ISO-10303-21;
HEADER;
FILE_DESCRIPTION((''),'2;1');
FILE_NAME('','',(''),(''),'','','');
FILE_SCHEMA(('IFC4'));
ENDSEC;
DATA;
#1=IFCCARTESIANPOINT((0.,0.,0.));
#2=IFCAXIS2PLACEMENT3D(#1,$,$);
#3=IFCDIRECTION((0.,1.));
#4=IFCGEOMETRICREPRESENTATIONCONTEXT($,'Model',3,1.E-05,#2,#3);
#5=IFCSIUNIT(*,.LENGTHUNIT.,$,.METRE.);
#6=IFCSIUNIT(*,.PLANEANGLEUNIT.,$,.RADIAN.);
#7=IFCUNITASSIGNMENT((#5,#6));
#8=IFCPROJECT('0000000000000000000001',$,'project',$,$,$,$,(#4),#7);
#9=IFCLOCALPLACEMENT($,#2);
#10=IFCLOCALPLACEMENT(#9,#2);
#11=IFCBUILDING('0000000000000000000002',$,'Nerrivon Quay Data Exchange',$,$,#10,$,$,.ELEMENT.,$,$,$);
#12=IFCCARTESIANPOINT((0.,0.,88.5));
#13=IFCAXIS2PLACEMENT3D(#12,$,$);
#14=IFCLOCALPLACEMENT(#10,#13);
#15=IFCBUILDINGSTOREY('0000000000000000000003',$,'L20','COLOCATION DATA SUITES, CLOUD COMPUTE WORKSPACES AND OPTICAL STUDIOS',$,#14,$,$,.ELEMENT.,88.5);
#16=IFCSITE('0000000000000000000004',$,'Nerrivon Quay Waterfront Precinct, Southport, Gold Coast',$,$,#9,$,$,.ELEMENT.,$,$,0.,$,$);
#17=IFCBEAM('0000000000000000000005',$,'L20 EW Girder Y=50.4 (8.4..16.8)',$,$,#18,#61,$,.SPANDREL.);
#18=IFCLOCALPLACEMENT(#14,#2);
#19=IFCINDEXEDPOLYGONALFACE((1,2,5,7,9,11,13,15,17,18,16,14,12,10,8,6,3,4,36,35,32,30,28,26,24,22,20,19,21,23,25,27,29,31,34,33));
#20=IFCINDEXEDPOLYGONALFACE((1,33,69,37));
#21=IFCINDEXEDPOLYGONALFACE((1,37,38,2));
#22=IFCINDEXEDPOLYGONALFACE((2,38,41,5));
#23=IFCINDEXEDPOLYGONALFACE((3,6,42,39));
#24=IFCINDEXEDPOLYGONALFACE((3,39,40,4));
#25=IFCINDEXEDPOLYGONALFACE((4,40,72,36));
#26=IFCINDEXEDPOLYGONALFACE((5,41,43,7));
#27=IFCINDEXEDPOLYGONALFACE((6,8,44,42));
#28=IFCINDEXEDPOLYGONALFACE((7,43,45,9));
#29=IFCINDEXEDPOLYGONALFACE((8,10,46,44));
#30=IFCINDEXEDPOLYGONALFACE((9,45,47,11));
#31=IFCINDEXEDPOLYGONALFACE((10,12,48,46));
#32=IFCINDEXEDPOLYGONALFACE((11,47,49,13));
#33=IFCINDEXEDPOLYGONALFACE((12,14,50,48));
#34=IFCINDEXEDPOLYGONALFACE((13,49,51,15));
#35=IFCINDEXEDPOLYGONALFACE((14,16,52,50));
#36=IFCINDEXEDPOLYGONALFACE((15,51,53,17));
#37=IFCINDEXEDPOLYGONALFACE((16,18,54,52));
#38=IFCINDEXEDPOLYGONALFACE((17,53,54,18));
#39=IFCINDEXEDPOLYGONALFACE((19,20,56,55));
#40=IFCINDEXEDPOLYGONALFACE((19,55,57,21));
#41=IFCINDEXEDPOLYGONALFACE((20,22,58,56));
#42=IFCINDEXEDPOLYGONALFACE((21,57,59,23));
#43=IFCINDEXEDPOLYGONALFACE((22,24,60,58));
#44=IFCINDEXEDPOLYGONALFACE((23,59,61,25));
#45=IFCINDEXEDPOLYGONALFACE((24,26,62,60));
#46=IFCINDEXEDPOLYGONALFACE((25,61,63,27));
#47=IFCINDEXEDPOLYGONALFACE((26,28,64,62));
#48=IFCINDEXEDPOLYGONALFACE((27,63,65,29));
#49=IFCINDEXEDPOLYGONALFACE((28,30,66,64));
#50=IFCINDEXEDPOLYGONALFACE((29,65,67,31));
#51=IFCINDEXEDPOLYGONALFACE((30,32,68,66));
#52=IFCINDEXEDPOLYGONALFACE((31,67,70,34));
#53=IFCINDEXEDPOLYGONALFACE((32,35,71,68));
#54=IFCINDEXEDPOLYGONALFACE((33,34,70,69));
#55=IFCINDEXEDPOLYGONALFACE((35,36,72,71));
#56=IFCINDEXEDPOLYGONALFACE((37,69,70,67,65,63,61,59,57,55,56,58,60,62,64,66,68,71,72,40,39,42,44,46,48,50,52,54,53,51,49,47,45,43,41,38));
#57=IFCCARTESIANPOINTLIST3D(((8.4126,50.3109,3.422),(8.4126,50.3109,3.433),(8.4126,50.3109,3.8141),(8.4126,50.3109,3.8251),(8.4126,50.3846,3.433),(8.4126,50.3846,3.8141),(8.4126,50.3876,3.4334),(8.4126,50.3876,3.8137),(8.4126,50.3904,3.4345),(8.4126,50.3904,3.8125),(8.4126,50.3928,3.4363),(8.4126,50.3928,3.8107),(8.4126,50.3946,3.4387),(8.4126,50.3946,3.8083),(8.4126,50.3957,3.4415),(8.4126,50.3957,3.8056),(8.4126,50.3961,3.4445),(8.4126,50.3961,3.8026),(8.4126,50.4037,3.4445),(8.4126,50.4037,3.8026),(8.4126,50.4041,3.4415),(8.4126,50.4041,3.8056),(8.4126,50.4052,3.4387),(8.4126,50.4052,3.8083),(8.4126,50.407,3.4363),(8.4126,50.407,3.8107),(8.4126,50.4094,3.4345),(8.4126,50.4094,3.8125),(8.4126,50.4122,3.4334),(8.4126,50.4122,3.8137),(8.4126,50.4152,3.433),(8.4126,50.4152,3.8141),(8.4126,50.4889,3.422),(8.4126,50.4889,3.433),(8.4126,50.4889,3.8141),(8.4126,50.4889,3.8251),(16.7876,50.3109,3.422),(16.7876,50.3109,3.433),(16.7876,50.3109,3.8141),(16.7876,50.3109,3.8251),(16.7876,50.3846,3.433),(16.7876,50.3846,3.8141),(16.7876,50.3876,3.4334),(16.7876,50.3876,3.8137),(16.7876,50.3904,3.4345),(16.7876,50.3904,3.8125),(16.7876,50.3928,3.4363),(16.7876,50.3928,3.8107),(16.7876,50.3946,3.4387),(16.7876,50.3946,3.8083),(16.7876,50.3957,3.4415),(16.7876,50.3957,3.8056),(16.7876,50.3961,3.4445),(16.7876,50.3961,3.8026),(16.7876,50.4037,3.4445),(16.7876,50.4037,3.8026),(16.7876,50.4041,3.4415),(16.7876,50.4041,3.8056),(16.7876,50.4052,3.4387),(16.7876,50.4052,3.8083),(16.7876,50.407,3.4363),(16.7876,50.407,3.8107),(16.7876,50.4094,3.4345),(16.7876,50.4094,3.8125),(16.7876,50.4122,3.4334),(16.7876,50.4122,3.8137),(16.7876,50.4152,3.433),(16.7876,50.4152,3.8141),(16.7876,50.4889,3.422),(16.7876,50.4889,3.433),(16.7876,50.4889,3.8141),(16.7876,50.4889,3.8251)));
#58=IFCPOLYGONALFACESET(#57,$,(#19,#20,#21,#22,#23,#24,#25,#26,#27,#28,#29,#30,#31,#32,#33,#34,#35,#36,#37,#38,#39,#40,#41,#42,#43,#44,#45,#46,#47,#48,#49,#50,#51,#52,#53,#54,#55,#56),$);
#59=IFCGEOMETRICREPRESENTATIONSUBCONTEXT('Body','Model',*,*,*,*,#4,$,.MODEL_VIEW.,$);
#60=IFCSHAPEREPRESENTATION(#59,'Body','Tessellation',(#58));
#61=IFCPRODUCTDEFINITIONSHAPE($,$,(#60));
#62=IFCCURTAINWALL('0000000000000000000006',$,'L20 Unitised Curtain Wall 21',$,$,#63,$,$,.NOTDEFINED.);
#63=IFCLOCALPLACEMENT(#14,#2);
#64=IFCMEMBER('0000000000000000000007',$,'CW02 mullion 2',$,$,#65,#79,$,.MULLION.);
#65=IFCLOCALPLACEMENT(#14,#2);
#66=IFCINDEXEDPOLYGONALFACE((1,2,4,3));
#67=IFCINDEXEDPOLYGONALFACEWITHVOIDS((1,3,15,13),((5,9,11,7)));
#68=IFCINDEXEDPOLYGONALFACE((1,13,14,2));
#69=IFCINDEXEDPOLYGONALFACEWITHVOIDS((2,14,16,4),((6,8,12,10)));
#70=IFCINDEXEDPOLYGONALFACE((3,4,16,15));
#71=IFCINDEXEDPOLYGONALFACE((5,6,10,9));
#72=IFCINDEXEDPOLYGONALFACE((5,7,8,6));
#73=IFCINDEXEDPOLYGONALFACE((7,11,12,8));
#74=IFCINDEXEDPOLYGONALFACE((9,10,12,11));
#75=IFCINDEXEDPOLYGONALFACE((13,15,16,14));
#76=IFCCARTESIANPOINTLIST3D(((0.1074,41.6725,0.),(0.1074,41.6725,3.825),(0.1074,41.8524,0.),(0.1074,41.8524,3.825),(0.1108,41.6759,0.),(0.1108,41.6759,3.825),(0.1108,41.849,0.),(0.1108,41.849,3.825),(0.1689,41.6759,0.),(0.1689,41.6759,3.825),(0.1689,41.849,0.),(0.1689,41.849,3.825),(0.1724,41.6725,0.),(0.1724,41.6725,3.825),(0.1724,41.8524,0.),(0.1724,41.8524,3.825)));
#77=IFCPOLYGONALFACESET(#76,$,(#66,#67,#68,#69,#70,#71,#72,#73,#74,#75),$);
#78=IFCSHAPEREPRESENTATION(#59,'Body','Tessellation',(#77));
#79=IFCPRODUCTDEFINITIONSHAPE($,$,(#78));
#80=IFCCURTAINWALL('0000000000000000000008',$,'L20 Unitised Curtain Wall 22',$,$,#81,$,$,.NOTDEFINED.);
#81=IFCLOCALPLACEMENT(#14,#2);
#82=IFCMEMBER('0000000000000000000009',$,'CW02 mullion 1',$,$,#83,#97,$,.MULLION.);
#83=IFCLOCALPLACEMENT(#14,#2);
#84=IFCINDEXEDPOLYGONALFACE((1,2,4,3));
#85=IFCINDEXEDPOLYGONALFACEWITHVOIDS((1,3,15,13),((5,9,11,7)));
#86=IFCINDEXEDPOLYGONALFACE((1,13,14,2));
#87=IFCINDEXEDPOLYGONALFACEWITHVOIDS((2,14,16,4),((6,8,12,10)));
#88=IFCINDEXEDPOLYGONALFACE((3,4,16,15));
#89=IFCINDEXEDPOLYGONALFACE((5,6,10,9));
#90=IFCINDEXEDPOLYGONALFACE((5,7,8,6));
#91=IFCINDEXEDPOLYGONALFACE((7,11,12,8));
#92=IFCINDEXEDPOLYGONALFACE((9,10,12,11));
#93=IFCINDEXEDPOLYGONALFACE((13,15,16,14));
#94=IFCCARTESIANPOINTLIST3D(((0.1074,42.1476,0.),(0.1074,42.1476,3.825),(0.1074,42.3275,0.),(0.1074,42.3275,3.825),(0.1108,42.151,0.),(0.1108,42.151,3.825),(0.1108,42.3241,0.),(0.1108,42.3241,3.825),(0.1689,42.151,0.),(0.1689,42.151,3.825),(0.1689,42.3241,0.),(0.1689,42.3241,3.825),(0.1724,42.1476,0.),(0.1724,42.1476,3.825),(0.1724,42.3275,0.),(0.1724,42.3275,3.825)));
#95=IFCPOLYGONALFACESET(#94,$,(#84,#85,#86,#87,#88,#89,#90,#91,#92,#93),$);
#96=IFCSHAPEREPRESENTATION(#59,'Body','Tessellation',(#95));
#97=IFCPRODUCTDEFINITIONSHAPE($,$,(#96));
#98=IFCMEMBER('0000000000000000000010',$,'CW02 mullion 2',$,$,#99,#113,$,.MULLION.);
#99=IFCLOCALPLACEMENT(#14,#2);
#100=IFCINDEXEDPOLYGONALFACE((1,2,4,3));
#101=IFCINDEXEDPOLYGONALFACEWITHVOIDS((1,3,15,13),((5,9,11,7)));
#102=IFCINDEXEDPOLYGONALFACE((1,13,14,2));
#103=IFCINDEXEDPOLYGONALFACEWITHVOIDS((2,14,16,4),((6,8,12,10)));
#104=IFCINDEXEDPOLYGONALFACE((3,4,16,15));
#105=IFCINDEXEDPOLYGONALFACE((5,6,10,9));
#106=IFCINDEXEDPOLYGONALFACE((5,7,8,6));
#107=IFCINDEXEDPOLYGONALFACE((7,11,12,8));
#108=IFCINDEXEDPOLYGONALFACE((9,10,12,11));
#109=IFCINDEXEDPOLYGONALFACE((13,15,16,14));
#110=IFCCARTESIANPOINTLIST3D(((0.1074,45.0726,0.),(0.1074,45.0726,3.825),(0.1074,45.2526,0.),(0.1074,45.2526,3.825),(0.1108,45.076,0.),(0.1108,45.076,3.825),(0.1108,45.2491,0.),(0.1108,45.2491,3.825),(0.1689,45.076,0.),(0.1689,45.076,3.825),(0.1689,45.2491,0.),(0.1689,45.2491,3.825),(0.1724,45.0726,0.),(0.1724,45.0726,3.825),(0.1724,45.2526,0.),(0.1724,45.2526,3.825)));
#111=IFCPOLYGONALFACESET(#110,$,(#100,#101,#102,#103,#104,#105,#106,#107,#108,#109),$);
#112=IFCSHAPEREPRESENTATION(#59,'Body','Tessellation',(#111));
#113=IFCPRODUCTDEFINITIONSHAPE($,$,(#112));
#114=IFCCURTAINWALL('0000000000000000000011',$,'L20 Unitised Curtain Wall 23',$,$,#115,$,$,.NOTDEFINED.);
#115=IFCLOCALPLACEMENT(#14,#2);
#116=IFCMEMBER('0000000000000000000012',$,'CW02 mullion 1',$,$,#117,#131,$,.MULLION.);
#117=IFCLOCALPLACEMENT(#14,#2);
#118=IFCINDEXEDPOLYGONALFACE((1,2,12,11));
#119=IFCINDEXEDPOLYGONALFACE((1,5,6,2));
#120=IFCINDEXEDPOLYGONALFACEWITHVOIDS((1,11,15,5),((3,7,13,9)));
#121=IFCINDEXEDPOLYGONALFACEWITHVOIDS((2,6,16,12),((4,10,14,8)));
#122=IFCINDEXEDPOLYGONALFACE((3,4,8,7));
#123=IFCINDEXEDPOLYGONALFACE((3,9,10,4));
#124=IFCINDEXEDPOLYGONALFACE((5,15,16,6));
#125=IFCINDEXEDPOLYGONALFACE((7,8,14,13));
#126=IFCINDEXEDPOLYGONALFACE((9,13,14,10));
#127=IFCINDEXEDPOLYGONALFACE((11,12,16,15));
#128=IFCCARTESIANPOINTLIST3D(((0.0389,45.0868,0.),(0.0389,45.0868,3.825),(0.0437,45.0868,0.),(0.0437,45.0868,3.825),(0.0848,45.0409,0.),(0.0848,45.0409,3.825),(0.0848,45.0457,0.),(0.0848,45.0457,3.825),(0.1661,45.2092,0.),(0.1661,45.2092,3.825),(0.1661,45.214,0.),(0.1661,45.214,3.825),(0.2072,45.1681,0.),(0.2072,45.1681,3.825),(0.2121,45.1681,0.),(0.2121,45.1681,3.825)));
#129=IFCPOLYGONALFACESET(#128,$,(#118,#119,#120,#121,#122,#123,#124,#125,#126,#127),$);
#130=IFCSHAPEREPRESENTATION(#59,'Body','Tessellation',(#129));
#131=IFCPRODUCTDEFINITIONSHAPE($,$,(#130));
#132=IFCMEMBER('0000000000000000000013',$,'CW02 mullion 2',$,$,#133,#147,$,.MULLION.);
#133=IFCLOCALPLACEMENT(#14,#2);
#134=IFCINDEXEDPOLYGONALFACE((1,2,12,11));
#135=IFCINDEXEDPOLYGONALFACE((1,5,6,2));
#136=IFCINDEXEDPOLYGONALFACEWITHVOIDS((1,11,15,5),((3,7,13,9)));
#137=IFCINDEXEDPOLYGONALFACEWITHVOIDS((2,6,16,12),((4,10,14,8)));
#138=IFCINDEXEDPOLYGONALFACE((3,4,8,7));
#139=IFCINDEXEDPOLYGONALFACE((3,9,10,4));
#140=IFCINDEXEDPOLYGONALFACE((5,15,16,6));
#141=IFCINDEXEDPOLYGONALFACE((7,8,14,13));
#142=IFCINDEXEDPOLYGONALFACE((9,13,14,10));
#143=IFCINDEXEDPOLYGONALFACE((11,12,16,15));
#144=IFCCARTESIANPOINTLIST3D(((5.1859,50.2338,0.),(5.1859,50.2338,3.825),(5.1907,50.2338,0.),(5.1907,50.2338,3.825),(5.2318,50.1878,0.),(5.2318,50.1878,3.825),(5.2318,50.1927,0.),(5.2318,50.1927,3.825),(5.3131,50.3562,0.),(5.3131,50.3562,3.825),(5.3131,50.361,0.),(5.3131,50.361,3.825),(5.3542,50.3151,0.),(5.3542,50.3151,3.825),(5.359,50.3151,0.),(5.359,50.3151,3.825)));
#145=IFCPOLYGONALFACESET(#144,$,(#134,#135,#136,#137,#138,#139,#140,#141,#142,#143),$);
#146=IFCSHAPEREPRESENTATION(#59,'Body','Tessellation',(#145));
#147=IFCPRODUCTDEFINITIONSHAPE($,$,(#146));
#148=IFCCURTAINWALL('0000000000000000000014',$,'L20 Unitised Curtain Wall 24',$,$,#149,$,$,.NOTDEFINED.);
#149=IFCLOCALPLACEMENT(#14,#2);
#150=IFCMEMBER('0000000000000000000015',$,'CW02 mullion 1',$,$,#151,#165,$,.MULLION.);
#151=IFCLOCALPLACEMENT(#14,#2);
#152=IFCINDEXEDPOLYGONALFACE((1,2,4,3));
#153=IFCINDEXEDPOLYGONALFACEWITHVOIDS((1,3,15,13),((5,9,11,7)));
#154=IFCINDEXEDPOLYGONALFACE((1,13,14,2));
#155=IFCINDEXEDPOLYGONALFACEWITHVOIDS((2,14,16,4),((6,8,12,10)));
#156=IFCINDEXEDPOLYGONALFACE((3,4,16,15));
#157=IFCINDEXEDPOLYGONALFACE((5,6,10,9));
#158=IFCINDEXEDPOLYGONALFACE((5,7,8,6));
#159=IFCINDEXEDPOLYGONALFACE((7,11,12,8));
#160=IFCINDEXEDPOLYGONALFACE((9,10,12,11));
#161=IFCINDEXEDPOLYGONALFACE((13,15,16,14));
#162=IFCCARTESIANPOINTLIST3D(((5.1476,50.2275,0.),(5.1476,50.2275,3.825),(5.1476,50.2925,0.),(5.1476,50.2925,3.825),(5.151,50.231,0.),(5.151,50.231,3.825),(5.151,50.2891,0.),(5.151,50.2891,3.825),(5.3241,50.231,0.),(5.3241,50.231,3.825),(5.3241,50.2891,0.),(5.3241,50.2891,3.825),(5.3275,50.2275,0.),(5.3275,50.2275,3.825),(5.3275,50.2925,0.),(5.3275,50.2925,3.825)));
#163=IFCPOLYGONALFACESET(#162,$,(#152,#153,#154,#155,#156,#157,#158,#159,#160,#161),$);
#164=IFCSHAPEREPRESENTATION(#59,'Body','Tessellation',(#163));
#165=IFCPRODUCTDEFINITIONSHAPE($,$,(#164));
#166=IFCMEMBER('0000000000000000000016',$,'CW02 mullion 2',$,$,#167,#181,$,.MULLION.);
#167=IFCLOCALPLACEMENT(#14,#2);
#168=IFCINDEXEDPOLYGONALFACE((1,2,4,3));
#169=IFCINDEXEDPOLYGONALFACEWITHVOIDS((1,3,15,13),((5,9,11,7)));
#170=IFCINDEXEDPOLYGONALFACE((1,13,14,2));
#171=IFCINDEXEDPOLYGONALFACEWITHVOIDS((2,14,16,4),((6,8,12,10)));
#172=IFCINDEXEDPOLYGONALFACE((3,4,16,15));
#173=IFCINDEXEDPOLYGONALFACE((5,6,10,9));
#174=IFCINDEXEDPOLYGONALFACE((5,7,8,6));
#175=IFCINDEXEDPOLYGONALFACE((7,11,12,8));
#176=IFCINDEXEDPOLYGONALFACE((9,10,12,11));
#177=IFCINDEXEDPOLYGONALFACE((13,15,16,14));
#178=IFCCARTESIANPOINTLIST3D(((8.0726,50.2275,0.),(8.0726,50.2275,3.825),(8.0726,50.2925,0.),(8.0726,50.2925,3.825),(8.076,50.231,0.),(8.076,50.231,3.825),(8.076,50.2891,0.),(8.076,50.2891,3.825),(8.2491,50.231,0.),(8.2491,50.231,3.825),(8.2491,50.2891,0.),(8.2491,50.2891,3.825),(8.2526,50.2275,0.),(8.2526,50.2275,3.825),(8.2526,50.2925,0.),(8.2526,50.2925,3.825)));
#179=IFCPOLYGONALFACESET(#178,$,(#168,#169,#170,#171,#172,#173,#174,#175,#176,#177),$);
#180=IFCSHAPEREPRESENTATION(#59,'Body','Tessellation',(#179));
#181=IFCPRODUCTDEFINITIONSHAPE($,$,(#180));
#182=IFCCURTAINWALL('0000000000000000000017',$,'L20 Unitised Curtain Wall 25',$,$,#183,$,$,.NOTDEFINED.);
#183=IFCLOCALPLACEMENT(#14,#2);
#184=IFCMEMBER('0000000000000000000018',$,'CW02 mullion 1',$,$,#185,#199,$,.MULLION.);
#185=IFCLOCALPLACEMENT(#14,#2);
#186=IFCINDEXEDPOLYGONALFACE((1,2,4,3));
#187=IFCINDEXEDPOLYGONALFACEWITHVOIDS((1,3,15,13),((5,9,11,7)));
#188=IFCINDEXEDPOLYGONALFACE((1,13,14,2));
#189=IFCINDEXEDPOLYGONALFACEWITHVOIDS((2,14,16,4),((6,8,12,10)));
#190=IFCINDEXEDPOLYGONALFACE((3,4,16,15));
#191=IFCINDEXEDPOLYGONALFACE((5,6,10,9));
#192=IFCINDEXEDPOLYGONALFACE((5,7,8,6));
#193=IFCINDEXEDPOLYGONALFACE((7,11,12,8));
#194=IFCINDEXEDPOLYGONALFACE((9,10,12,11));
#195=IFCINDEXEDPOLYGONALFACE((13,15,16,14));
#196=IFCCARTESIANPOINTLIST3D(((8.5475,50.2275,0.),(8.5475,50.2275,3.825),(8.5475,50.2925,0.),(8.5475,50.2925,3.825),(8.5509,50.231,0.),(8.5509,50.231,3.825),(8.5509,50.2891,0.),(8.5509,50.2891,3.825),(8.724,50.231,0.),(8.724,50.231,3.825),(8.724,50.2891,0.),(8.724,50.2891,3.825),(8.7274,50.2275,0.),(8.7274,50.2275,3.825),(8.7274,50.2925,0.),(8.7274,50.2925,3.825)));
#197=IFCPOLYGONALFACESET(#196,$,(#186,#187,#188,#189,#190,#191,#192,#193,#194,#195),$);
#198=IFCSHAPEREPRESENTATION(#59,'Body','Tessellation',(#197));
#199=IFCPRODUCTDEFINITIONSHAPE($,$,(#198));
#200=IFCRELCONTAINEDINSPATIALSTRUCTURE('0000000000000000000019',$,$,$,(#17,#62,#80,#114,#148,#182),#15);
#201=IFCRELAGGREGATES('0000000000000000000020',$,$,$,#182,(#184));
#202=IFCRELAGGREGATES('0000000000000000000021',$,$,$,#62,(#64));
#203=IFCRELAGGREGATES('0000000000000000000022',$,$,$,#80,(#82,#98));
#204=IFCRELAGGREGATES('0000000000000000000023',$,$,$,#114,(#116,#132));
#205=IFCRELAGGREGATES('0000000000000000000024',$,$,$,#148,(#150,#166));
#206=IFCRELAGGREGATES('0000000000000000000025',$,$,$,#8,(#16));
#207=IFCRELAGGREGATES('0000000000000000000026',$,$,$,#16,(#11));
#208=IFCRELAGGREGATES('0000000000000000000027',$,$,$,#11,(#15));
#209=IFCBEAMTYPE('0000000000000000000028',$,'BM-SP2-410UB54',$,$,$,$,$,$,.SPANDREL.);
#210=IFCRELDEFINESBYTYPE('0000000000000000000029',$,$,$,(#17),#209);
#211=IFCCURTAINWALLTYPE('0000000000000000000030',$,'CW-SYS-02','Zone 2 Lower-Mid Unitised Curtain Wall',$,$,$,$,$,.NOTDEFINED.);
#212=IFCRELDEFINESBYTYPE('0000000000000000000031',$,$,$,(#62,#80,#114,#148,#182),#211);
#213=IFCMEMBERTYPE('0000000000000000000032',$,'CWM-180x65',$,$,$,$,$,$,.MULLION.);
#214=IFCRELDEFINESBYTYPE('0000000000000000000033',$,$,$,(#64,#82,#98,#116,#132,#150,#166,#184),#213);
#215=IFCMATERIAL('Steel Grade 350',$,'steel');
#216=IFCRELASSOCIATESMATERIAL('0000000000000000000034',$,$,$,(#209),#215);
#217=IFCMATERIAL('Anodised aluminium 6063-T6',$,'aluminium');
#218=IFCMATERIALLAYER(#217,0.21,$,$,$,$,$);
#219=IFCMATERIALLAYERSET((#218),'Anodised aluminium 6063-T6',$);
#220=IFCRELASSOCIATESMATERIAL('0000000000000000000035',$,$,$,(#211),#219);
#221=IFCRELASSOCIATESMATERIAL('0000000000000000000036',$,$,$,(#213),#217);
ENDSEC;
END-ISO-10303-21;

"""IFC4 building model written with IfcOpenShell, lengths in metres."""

from ifc_helpers import new_model, si_unit, direction, frame, origin, origin_2d, place, context, subcontext, project, spatial, hollow_rectangle, i_section, extrude, material, layer, layer_set, material_profile, profile_set, type_object, element, aggregate, save


model = new_model("IFC4")

# Units and contexts
model_context = context("Model", 3, precision=1e-05, world=origin(), true_north=direction((0.0, 1.0)))
body_context = subcontext(model_context, "Body", "Model", "MODEL_VIEW")
ifc_project = project(units=[si_unit("LENGTHUNIT", "METRE"), si_unit("PLANEANGLEUNIT", "RADIAN")], contexts=[model_context])

# Site, building, storey
site_placement = place(None, origin())
site = spatial("IfcSite", under=ifc_project, at=site_placement, Name="Nerrivon Quay Waterfront Precinct, Southport, Gold Coast", CompositionType="ELEMENT", RefElevation=0.0)
building_placement = place(site_placement, origin())
building = spatial("IfcBuilding", under=site, at=building_placement, Name="Nerrivon Quay Data Exchange", CompositionType="ELEMENT")
storey_placement = place(building_placement, frame((0.0, 0.0, 88.5)))
storey = spatial("IfcBuildingStorey", under=building, at=storey_placement, Name="L20", Description="COLOCATION DATA SUITES, CLOUD COMPUTE WORKSPACES AND OPTICAL STUDIOS", CompositionType="ELEMENT", Elevation=88.5)

# Shared definitions
ifc_material_1 = material(Name="Steel Grade 350", Category="steel")

# Beam
ifc_material_profile_1 = material_profile(ifc_material_1, i_section(OverallWidth=0.178, OverallDepth=0.4031, WebThickness=0.0076, FlangeThickness=0.011, FilletRadius=0.0115, at=origin_2d()), Name="410UB53.7")
ifc_profile_set_1 = profile_set([ifc_material_profile_1], Name="Steel Grade 350")
beam_type_1 = type_object("IfcBeamType", Name="BM-SP2-410UB54", PredefinedType="SPANDREL", material=ifc_profile_set_1)
beam_1_placement = place(storey_placement, frame((8.4126, 50.3999, 3.6235), z_axis=(1.0, 0.0, 0.0), x_axis=(0.0, 1.0, 0.0)))
element("IfcBeam", 1, at=beam_1_placement, inside=storey, type_object=beam_type_1, Name="L20 EW Girder Y=50.4 (8.4..16.8)", PredefinedType="SPANDREL", context=body_context, shape_type="SweptSolid", body=[
    extrude(i_section(OverallWidth=0.178, OverallDepth=0.4031, WebThickness=0.0076, FlangeThickness=0.011, FilletRadius=0.0115, at=origin_2d()), origin(), (0.0, 0.0, 1.0), 8.375),
])

# Curtain wall, member
ifc_material_2 = material(Name="Anodised aluminium 6063-T6", Category="aluminium")
ifc_layer_1 = layer(ifc_material_2, 0.21)
ifc_layer_set_1 = layer_set([ifc_layer_1], Name="Anodised aluminium 6063-T6")
curtain_wall_type = type_object("IfcCurtainWallType", Name="CW-SYS-02", Description="Zone 2 Lower-Mid Unitised Curtain Wall", PredefinedType="NOTDEFINED", material=ifc_layer_set_1)
curtain_wall_1_placement = place(storey_placement, origin())
curtain_wall_1 = element("IfcCurtainWall", 2, at=curtain_wall_1_placement, inside=storey, type_object=curtain_wall_type, Name="L20 Unitised Curtain Wall 21", PredefinedType="NOTDEFINED")
ifc_material_profile_2 = material_profile(ifc_material_2, hollow_rectangle(XDim=0.0649, YDim=0.1799, WallThickness=0.0034, at=origin_2d()), Name="ALU-MULL-180x65")
ifc_profile_set_2 = profile_set([ifc_material_profile_2], Name="Anodised aluminium 6063-T6")
member_type_1 = type_object("IfcMemberType", Name="CWM-180x65", PredefinedType="MULLION", material=ifc_profile_set_2)
member_1_placement = place(storey_placement, frame((0.1399, 41.7625, 0.0), z_axis=(0.0, 0.0, 1.0), x_axis=(-1.0, 0.0, 0.0)))
member_1 = element("IfcMember", 3, at=member_1_placement, type_object=member_type_1, Name="CW02 mullion 2", PredefinedType="MULLION", context=body_context, shape_type="SweptSolid", body=[
    extrude(hollow_rectangle(XDim=0.0649, YDim=0.1799, WallThickness=0.0034, at=origin_2d()), origin(), (0.0, 0.0, 1.0), 3.825),
])

# Curtain walls, members
curtain_wall_2_placement = place(storey_placement, origin())
curtain_wall_2 = element("IfcCurtainWall", 4, at=curtain_wall_2_placement, inside=storey, type_object=curtain_wall_type, Name="L20 Unitised Curtain Wall 22", PredefinedType="NOTDEFINED")
member_2_placement = place(storey_placement, frame((0.1399, 42.2375, 0.0), z_axis=(0.0, 0.0, 1.0), x_axis=(-1.0, 0.0, 0.0)))
member_2 = element("IfcMember", 5, at=member_2_placement, type_object=member_type_1, Name="CW02 mullion 1", PredefinedType="MULLION", context=body_context, shape_type="SweptSolid", body=[
    extrude(hollow_rectangle(XDim=0.0649, YDim=0.1799, WallThickness=0.0034, at=origin_2d()), origin(), (0.0, 0.0, 1.0), 3.825),
])
member_3_placement = place(storey_placement, frame((0.1399, 45.1626, 0.0), z_axis=(0.0, 0.0, 1.0), x_axis=(-1.0, 0.0, 0.0)))
member_3 = element("IfcMember", 6, at=member_3_placement, type_object=member_type_1, Name="CW02 mullion 2", PredefinedType="MULLION", context=body_context, shape_type="SweptSolid", body=[
    extrude(hollow_rectangle(XDim=0.0649, YDim=0.1799, WallThickness=0.0034, at=origin_2d()), origin(), (0.0, 0.0, 1.0), 3.825),
])
curtain_wall_3_placement = place(storey_placement, origin())
curtain_wall_3 = element("IfcCurtainWall", 7, at=curtain_wall_3_placement, inside=storey, type_object=curtain_wall_type, Name="L20 Unitised Curtain Wall 23", PredefinedType="NOTDEFINED")
member_4_placement = place(storey_placement, frame((0.1255, 45.1274, 0.0), z_axis=(0.0, 0.0, 1.0), x_axis=(-0.707107, 0.707107, 0.0)))
member_4 = element("IfcMember", 8, at=member_4_placement, type_object=member_type_1, Name="CW02 mullion 1", PredefinedType="MULLION", context=body_context, shape_type="SweptSolid", body=[
    extrude(hollow_rectangle(XDim=0.0649, YDim=0.1799, WallThickness=0.0034, at=origin_2d()), origin(), (0.0, 0.0, 1.0), 3.825),
])
member_5_placement = place(storey_placement, frame((5.2725, 50.2744, 0.0), z_axis=(0.0, 0.0, 1.0), x_axis=(-0.707107, 0.707107, 0.0)))
member_5 = element("IfcMember", 9, at=member_5_placement, type_object=member_type_1, Name="CW02 mullion 2", PredefinedType="MULLION", context=body_context, shape_type="SweptSolid", body=[
    extrude(hollow_rectangle(XDim=0.0649, YDim=0.1799, WallThickness=0.0034, at=origin_2d()), origin(), (0.0, 0.0, 1.0), 3.825),
])
curtain_wall_4_placement = place(storey_placement, origin())
curtain_wall_4 = element("IfcCurtainWall", 10, at=curtain_wall_4_placement, inside=storey, type_object=curtain_wall_type, Name="L20 Unitised Curtain Wall 24", PredefinedType="NOTDEFINED")
member_6_placement = place(storey_placement, frame((5.2375, 50.26, 0.0), z_axis=(0.0, 0.0, 1.0), x_axis=(0.0, 1.0, 0.0)))
member_6 = element("IfcMember", 11, at=member_6_placement, type_object=member_type_1, Name="CW02 mullion 1", PredefinedType="MULLION", context=body_context, shape_type="SweptSolid", body=[
    extrude(hollow_rectangle(XDim=0.0649, YDim=0.1799, WallThickness=0.0034, at=origin_2d()), origin(), (0.0, 0.0, 1.0), 3.825),
])
member_7_placement = place(storey_placement, frame((8.1626, 50.26, 0.0), z_axis=(0.0, 0.0, 1.0), x_axis=(0.0, 1.0, 0.0)))
member_7 = element("IfcMember", 12, at=member_7_placement, type_object=member_type_1, Name="CW02 mullion 2", PredefinedType="MULLION", context=body_context, shape_type="SweptSolid", body=[
    extrude(hollow_rectangle(XDim=0.0649, YDim=0.1799, WallThickness=0.0034, at=origin_2d()), origin(), (0.0, 0.0, 1.0), 3.825),
])

# Curtain wall, member
curtain_wall_5_placement = place(storey_placement, origin())
curtain_wall_5 = element("IfcCurtainWall", 13, at=curtain_wall_5_placement, inside=storey, type_object=curtain_wall_type, Name="L20 Unitised Curtain Wall 25", PredefinedType="NOTDEFINED")
member_8_placement = place(storey_placement, frame((8.6375, 50.26, 0.0), z_axis=(0.0, 0.0, 1.0), x_axis=(0.0, 1.0, 0.0)))
member_8 = element("IfcMember", 14, at=member_8_placement, type_object=member_type_1, Name="CW02 mullion 1", PredefinedType="MULLION", context=body_context, shape_type="SweptSolid", body=[
    extrude(hollow_rectangle(XDim=0.0649, YDim=0.1799, WallThickness=0.0034, at=origin_2d()), origin(), (0.0, 0.0, 1.0), 3.825),
])
aggregate(curtain_wall_5, [member_8])

aggregate(curtain_wall_1, [member_1])
aggregate(curtain_wall_2, [member_2, member_3])
aggregate(curtain_wall_3, [member_4, member_5])
aggregate(curtain_wall_4, [member_6, member_7])

save(model, "model.ifc")
